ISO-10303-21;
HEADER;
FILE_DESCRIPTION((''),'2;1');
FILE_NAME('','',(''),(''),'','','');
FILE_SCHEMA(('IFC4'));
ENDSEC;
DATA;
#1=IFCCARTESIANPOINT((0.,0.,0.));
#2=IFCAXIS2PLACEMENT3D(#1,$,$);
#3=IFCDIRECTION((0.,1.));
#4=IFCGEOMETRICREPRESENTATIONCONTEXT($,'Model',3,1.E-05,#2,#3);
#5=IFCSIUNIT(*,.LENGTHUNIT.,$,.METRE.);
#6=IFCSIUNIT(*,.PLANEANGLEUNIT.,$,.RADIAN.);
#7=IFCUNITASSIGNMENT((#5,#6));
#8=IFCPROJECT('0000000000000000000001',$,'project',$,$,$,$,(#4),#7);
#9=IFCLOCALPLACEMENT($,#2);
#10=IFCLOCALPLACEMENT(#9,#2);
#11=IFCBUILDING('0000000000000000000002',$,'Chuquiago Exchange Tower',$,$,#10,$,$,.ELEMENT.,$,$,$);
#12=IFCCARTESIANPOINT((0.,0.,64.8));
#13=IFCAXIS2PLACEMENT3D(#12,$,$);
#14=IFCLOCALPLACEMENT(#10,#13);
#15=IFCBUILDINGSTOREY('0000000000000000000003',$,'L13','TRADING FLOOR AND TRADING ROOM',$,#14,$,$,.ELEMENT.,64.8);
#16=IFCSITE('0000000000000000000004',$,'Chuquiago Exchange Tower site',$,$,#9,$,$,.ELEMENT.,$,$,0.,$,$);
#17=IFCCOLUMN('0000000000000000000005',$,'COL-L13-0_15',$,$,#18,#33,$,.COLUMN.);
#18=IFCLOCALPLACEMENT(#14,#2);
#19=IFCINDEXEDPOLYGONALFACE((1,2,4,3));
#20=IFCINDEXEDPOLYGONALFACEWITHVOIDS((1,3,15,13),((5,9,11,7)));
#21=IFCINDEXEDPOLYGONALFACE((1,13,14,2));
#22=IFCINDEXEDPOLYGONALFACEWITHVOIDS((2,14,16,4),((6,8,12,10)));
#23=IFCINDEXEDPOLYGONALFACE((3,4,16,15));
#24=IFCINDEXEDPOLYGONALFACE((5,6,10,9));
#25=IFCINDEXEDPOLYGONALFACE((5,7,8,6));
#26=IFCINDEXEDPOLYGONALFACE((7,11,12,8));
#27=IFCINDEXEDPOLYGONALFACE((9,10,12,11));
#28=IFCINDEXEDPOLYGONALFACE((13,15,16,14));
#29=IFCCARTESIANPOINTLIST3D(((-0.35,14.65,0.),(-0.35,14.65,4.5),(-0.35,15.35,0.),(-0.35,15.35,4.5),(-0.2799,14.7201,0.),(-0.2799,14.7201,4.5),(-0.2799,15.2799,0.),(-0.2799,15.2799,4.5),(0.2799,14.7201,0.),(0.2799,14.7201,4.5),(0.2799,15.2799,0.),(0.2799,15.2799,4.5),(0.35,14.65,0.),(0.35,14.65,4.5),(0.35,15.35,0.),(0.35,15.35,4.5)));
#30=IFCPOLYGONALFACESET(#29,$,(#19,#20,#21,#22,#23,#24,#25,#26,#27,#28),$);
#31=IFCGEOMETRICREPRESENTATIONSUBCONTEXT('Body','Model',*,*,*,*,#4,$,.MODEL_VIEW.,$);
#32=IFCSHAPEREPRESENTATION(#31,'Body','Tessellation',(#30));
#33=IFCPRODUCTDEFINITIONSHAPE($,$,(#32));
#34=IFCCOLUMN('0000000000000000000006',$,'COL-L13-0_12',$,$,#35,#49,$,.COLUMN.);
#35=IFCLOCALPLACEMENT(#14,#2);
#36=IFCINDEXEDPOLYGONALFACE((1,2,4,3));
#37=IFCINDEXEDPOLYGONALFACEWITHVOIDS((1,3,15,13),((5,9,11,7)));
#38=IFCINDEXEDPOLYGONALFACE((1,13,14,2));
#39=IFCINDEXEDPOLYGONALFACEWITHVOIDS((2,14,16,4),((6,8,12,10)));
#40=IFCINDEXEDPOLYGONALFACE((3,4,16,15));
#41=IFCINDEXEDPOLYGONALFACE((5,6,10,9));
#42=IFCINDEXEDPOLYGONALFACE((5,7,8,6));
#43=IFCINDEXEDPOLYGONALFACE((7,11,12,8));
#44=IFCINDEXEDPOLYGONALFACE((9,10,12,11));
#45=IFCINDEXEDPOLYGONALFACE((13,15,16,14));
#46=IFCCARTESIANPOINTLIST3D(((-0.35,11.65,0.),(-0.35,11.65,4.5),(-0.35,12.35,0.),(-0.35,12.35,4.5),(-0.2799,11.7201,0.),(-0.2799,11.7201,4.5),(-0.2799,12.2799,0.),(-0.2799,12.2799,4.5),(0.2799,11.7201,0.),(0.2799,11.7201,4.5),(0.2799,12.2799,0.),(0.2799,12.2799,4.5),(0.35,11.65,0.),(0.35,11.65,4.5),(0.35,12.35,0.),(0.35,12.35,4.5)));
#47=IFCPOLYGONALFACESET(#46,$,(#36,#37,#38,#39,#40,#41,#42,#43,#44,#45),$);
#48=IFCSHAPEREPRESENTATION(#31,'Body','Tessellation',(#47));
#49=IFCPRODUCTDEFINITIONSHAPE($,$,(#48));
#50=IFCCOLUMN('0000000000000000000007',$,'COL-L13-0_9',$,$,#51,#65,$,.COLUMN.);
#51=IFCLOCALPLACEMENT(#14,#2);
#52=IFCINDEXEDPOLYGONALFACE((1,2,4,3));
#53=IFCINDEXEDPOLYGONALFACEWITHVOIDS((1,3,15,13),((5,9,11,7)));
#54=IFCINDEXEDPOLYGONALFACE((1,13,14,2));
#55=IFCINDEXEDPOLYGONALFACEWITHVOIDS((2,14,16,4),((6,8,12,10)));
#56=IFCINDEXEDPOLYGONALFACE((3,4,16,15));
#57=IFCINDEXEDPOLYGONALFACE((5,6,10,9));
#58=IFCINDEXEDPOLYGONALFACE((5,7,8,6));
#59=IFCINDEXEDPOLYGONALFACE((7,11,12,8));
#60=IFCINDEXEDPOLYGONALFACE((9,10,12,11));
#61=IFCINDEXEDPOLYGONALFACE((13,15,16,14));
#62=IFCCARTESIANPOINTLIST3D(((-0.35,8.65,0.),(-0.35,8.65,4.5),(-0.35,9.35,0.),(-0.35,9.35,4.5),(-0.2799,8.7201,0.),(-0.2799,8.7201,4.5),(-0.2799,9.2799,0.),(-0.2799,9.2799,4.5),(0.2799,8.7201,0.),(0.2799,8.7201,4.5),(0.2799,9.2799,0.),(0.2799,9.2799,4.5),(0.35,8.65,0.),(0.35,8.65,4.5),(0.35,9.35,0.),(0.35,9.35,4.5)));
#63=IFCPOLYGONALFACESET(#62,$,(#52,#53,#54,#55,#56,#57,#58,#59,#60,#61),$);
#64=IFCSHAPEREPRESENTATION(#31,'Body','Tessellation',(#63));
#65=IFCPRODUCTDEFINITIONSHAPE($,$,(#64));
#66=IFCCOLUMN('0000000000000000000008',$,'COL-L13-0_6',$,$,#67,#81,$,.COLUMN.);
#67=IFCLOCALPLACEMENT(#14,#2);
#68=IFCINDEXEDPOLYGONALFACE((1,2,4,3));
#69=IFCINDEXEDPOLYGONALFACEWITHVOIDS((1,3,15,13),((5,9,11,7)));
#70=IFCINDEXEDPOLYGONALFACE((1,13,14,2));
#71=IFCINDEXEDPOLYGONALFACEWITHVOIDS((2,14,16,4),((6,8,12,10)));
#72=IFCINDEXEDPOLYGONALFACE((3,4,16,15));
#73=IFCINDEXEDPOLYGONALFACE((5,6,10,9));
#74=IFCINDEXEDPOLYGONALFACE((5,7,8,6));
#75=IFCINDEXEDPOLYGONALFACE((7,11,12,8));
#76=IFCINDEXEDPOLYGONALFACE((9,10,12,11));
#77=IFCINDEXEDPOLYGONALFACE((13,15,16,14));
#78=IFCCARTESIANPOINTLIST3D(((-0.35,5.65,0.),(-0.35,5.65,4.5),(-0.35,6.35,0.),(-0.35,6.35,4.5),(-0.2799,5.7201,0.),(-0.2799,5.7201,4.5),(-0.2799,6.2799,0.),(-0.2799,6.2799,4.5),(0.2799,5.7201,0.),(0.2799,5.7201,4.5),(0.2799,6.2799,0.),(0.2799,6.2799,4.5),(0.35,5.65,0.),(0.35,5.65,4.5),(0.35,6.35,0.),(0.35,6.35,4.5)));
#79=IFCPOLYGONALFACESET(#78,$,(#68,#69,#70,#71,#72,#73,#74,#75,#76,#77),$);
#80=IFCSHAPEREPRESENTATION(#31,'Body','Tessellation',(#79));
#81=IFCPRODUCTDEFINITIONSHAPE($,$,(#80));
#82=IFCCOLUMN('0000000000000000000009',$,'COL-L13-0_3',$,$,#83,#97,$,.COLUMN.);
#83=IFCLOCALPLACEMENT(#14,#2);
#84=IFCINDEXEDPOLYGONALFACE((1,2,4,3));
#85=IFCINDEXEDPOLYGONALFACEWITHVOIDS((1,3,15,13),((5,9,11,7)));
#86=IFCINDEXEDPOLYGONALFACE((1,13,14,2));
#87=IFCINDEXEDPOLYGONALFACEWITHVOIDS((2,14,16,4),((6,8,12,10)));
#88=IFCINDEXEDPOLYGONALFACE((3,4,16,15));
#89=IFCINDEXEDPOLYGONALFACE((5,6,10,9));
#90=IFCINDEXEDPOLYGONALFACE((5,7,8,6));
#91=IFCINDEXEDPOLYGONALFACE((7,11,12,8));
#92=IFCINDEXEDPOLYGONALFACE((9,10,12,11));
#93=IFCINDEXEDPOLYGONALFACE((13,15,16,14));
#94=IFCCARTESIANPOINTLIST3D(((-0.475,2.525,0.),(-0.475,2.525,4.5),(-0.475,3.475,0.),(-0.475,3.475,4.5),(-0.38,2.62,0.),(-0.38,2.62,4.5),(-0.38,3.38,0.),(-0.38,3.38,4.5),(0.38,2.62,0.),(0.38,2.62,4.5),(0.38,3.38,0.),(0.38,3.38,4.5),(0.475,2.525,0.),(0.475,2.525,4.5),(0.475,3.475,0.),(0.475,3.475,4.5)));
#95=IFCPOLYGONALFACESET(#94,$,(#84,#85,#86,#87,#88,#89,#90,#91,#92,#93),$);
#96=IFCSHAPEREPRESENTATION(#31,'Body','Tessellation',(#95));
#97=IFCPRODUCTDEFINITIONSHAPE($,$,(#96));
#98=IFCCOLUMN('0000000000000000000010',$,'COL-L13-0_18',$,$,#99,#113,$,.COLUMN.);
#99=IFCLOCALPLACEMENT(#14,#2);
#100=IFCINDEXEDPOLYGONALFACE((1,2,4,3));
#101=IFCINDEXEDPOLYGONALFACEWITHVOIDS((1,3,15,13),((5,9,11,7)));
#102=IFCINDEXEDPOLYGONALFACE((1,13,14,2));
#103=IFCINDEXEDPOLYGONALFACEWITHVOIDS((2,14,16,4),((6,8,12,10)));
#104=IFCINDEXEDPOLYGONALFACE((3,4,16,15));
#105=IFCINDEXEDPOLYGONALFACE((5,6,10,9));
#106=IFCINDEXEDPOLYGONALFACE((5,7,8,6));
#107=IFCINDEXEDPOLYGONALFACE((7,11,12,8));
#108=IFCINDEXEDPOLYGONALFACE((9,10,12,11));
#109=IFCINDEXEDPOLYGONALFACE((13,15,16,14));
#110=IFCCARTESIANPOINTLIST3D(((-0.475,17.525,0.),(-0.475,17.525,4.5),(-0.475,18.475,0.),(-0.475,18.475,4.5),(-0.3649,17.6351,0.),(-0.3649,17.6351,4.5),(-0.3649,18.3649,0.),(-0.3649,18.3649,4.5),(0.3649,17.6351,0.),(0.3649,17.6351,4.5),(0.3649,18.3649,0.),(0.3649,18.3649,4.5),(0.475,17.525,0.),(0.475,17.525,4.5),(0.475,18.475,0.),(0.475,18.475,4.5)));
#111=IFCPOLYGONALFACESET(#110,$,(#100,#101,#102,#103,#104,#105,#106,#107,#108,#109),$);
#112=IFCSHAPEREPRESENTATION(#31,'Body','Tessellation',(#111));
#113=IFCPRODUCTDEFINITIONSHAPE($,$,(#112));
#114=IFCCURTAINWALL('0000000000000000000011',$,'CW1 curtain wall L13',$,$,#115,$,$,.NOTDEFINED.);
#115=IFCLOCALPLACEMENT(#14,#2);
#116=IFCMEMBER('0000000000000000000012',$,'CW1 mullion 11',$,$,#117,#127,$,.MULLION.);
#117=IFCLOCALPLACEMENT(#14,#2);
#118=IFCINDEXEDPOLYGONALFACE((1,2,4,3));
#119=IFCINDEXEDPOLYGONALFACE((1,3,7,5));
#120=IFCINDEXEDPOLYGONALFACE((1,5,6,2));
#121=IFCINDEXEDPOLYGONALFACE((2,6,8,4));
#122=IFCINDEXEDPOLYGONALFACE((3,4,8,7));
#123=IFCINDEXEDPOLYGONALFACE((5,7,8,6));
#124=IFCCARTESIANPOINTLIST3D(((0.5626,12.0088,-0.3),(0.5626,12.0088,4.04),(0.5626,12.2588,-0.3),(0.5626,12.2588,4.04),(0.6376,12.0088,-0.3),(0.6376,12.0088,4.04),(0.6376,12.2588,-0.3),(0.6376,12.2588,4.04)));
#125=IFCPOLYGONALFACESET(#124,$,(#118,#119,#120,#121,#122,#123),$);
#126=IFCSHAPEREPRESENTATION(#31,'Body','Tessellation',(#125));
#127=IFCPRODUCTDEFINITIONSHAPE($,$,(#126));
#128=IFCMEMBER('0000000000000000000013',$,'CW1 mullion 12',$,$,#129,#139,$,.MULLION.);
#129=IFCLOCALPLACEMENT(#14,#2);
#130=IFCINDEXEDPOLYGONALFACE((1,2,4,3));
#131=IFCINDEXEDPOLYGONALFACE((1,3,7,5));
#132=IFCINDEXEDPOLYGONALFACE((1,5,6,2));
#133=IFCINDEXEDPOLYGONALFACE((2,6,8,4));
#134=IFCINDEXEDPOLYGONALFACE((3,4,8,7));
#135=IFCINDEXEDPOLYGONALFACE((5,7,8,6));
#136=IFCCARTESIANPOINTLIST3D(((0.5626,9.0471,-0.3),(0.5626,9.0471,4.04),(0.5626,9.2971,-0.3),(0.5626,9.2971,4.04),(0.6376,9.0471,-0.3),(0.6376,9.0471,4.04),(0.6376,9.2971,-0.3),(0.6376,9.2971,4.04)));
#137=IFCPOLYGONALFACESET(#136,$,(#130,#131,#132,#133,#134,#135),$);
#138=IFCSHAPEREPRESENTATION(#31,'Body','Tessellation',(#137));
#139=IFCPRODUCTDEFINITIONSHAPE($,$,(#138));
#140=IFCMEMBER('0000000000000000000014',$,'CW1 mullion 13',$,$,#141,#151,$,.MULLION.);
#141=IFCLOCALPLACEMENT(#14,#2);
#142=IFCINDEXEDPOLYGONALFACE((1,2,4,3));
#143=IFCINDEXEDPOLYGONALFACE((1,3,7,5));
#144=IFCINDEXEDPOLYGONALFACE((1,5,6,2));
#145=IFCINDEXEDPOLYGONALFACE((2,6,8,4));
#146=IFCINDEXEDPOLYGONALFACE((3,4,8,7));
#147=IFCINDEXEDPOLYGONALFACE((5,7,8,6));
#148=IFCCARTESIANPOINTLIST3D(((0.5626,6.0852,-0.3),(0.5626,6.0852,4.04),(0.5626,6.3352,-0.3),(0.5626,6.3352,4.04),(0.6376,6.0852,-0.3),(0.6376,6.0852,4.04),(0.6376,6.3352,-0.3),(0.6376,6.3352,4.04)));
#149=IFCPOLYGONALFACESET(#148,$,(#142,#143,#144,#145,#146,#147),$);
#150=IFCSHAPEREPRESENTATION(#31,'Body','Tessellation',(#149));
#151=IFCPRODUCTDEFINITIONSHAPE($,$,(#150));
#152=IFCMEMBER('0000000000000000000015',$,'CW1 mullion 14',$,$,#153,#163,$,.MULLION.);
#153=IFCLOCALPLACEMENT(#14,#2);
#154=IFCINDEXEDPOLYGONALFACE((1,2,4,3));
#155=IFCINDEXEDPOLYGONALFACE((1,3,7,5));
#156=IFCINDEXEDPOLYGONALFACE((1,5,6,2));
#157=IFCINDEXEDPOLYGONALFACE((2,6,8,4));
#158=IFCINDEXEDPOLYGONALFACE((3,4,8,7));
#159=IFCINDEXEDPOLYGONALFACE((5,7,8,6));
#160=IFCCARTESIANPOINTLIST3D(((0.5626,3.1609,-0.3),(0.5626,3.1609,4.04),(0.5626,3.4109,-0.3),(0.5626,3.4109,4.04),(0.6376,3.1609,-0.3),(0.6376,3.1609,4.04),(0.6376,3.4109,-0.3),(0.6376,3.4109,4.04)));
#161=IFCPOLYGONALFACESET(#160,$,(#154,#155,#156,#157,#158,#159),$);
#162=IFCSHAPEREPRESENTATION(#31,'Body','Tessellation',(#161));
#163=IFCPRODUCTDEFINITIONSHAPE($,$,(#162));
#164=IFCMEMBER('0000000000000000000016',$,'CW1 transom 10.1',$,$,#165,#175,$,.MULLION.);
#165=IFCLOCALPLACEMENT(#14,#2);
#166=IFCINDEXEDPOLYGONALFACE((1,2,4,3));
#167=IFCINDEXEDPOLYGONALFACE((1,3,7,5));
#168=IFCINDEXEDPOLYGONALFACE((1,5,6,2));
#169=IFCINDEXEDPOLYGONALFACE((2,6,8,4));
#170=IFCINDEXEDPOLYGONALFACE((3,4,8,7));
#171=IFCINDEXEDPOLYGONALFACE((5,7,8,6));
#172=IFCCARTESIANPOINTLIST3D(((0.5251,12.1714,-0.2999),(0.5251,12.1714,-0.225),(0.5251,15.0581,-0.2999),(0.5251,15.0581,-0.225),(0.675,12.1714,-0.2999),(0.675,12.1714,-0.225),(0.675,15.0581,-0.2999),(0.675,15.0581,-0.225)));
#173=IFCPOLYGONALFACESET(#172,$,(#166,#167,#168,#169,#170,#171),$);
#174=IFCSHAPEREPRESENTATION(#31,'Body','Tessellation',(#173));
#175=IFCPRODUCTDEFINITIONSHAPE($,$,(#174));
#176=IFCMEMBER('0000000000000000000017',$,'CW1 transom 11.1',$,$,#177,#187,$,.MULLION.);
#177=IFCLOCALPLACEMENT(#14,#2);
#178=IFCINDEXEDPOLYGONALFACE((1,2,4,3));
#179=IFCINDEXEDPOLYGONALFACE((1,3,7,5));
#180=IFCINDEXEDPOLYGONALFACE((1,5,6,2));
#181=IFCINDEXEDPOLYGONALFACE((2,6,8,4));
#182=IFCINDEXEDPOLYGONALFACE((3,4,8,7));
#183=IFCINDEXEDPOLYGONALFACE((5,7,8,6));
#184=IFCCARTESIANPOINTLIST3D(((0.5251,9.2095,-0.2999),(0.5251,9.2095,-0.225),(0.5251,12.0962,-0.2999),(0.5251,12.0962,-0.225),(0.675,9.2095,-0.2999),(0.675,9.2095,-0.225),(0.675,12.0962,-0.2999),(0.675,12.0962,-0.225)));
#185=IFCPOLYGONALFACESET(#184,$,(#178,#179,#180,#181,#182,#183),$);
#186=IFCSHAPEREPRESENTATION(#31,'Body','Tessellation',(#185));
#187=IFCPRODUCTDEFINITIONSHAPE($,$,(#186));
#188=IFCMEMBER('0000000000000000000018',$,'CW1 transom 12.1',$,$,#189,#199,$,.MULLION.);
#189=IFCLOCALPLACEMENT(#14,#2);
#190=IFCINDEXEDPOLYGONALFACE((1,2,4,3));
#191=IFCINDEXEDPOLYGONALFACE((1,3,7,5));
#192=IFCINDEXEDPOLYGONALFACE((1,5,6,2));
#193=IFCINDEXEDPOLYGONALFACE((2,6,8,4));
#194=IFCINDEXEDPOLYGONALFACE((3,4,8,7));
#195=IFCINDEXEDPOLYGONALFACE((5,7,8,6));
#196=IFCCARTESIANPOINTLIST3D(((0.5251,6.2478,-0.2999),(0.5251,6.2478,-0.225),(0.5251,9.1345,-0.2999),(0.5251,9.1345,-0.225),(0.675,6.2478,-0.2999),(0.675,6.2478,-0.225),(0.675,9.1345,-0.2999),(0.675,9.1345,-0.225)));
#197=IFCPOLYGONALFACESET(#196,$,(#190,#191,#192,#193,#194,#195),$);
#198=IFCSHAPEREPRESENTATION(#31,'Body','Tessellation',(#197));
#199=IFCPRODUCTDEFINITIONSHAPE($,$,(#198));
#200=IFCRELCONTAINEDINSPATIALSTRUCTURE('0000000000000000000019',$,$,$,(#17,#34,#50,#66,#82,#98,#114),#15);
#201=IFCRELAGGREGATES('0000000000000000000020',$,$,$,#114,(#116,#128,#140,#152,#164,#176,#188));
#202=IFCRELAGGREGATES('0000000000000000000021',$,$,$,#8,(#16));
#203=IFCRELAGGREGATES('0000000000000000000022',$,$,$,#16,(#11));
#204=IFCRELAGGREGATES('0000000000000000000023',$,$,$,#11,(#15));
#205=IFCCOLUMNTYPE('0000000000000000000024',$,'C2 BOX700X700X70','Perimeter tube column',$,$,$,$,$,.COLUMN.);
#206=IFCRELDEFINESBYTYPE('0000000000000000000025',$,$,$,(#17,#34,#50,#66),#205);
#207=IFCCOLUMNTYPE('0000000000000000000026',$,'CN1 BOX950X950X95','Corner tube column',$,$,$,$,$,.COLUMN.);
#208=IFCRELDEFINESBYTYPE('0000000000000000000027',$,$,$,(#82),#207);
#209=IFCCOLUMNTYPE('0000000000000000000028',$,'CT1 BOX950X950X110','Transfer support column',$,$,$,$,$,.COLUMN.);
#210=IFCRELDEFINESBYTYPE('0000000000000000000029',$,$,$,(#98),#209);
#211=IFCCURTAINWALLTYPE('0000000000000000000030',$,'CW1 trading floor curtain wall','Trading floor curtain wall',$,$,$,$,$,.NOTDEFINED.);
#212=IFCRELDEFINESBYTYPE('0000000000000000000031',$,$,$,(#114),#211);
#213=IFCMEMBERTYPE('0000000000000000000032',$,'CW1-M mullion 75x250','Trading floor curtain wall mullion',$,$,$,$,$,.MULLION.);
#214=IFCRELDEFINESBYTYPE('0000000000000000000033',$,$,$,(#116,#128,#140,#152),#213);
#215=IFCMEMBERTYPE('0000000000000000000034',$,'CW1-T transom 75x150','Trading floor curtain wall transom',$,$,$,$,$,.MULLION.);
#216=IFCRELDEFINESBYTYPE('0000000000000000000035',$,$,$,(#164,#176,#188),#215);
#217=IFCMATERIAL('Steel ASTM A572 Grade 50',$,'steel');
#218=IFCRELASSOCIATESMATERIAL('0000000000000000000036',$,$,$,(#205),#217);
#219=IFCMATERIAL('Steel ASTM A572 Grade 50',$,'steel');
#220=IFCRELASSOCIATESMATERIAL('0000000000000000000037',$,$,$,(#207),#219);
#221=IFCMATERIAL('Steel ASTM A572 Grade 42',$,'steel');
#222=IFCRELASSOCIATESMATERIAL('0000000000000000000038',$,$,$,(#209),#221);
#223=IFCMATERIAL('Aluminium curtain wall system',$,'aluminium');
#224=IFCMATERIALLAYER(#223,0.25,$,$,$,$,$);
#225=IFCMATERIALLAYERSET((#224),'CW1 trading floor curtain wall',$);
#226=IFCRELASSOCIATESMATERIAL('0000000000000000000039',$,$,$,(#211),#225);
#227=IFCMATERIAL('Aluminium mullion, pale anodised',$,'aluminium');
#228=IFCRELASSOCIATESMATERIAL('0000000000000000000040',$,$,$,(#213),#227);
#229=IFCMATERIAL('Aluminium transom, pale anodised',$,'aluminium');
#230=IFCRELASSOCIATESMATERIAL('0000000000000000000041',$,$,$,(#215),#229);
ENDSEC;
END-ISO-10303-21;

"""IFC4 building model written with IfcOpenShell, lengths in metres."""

from ifc_helpers import new_model, si_unit, direction, frame, origin, origin_2d, place, context, subcontext, project, spatial, rectangle, hollow_rectangle, extrude, material, layer, layer_set, material_profile, profile_set, type_object, element, aggregate, save


model = new_model("IFC4")

# Units and contexts
model_context = context("Model", 3, precision=1e-05, world=origin(), true_north=direction((0.0, 1.0)))
body_context = subcontext(model_context, "Body", "Model", "MODEL_VIEW")
ifc_project = project(units=[si_unit("LENGTHUNIT", "METRE"), si_unit("PLANEANGLEUNIT", "RADIAN")], contexts=[model_context])

# Site, building, storey
site_placement = place(None, origin())
site = spatial("IfcSite", under=ifc_project, at=site_placement, Name="Chuquiago Exchange Tower site", CompositionType="ELEMENT", RefElevation=0.0)
building_placement = place(site_placement, origin())
building = spatial("IfcBuilding", under=site, at=building_placement, Name="Chuquiago Exchange Tower", CompositionType="ELEMENT")
storey_placement = place(building_placement, frame((0.0, 0.0, 64.8)))
storey = spatial("IfcBuildingStorey", under=building, at=storey_placement, Name="L13", Description="TRADING FLOOR AND TRADING ROOM", CompositionType="ELEMENT", Elevation=64.8)

# Columns
ifc_material_1 = material(Name="Steel ASTM A572 Grade 50", Category="steel")
ifc_material_profile_1 = material_profile(ifc_material_1, hollow_rectangle(XDim=0.7, YDim=0.7, WallThickness=0.0701, at=origin_2d()), Name="BOX700X700X70")
ifc_profile_set_1 = profile_set([ifc_material_profile_1], Name="Steel ASTM A572 Grade 50")
column_type_1 = type_object("IfcColumnType", Name="C2 BOX700X700X70", Description="Perimeter tube column", PredefinedType="COLUMN", material=ifc_profile_set_1)
for number, where, z_axis, x_axis, name in (
    (1, (0.0, 15.0, 0.0), (0.0, 0.0, 1.0), (-1.0, 0.0, 0.0), "COL-L13-0_15"),
    (2, (0.0, 12.0, 0.0), (0.0, 0.0, 1.0), (-1.0, 0.0, 0.0), "COL-L13-0_12"),
    (3, (0.0, 9.0, 0.0), (0.0, 0.0, 1.0), (-1.0, 0.0, 0.0), "COL-L13-0_9"),
    (4, (0.0, 6.0, 0.0), (0.0, 0.0, 1.0), (-1.0, 0.0, 0.0), "COL-L13-0_6"),
):
    element("IfcColumn", number, at=place(storey_placement, frame(where, z_axis=z_axis, x_axis=x_axis)), inside=storey, type_object=column_type_1, Name=name, PredefinedType="COLUMN", context=body_context, shape_type="SweptSolid", body=[
        extrude(hollow_rectangle(XDim=0.7, YDim=0.7, WallThickness=0.0701, at=origin_2d()), origin(), (0.0, 0.0, 1.0), 4.5),
    ])
ifc_material_2 = material(Name="Steel ASTM A572 Grade 50", Category="steel")
ifc_material_profile_2 = material_profile(ifc_material_2, hollow_rectangle(XDim=0.95, YDim=0.95, WallThickness=0.095, at=origin_2d()), Name="BOX950X950X95")
ifc_profile_set_2 = profile_set([ifc_material_profile_2], Name="Steel ASTM A572 Grade 50")
column_type_2 = type_object("IfcColumnType", Name="CN1 BOX950X950X95", Description="Corner tube column", PredefinedType="COLUMN", material=ifc_profile_set_2)
column_1_placement = place(storey_placement, frame((0.0, 3.0, 0.0), z_axis=(0.0, 0.0, 1.0), x_axis=(-1.0, 0.0, 0.0)))
element("IfcColumn", 5, at=column_1_placement, inside=storey, type_object=column_type_2, Name="COL-L13-0_3", PredefinedType="COLUMN", context=body_context, shape_type="SweptSolid", body=[
    extrude(hollow_rectangle(XDim=0.95, YDim=0.95, WallThickness=0.095, at=origin_2d()), origin(), (0.0, 0.0, 1.0), 4.5),
])
ifc_material_3 = material(Name="Steel ASTM A572 Grade 42", Category="steel")
ifc_material_profile_3 = material_profile(ifc_material_3, hollow_rectangle(XDim=0.95, YDim=0.95, WallThickness=0.1101, at=origin_2d()), Name="BOX950X950X110")
ifc_profile_set_3 = profile_set([ifc_material_profile_3], Name="Steel ASTM A572 Grade 42")
column_type_3 = type_object("IfcColumnType", Name="CT1 BOX950X950X110", Description="Transfer support column", PredefinedType="COLUMN", material=ifc_profile_set_3)
column_2_placement = place(storey_placement, frame((0.0, 18.0, 0.0), z_axis=(0.0, 0.0, 1.0), x_axis=(-1.0, 0.0, 0.0)))
element("IfcColumn", 6, at=column_2_placement, inside=storey, type_object=column_type_3, Name="COL-L13-0_18", PredefinedType="COLUMN", context=body_context, shape_type="SweptSolid", body=[
    extrude(hollow_rectangle(XDim=0.95, YDim=0.95, WallThickness=0.1101, at=origin_2d()), origin(), (0.0, 0.0, 1.0), 4.5),
])

# Curtain wall, members
ifc_material_4 = material(Name="Aluminium curtain wall system", Category="aluminium")
ifc_layer_1 = layer(ifc_material_4, 0.25)
ifc_layer_set_1 = layer_set([ifc_layer_1], Name="CW1 trading floor curtain wall")
curtain_wall_type = type_object("IfcCurtainWallType", Name="CW1 trading floor curtain wall", Description="Trading floor curtain wall", PredefinedType="NOTDEFINED", material=ifc_layer_set_1)
curtain_wall_placement = place(storey_placement, origin())
curtain_wall = element("IfcCurtainWall", 7, at=curtain_wall_placement, inside=storey, type_object=curtain_wall_type, Name="CW1 curtain wall L13", PredefinedType="NOTDEFINED")
ifc_material_5 = material(Name="Aluminium mullion, pale anodised", Category="aluminium")
ifc_material_profile_4 = material_profile(ifc_material_5, rectangle(XDim=0.075, YDim=0.25, at=origin_2d()), Name="AL 75x250")
ifc_profile_set_4 = profile_set([ifc_material_profile_4], Name="Aluminium mullion, pale anodised")
member_type_1 = type_object("IfcMemberType", Name="CW1-M mullion 75x250", Description="Trading floor curtain wall mullion", PredefinedType="MULLION", material=ifc_profile_set_4)
member_1_placement = place(storey_placement, frame((0.6001, 12.1338, -0.3), z_axis=(0.0, 0.0, 1.0), x_axis=(1.0, 0.0, 0.0)))
member_1 = element("IfcMember", 8, at=member_1_placement, type_object=member_type_1, Name="CW1 mullion 11", PredefinedType="MULLION", context=body_context, shape_type="SweptSolid", body=[
    extrude(rectangle(XDim=0.075, YDim=0.25, at=origin_2d()), origin(), (0.0, 0.0, 1.0), 4.3401),
])
member_2_placement = place(storey_placement, frame((0.6001, 9.1721, -0.3), z_axis=(0.0, 0.0, 1.0), x_axis=(1.0, 0.0, 0.0)))
member_2 = element("IfcMember", 9, at=member_2_placement, type_object=member_type_1, Name="CW1 mullion 12", PredefinedType="MULLION", context=body_context, shape_type="SweptSolid", body=[
    extrude(rectangle(XDim=0.075, YDim=0.25, at=origin_2d()), origin(), (0.0, 0.0, 1.0), 4.3401),
])
member_3_placement = place(storey_placement, frame((0.6001, 6.2102, -0.3), z_axis=(0.0, 0.0, 1.0), x_axis=(1.0, 0.0, 0.0)))
member_3 = element("IfcMember", 10, at=member_3_placement, type_object=member_type_1, Name="CW1 mullion 13", PredefinedType="MULLION", context=body_context, shape_type="SweptSolid", body=[
    extrude(rectangle(XDim=0.075, YDim=0.25, at=origin_2d()), origin(), (0.0, 0.0, 1.0), 4.3401),
])
member_4_placement = place(storey_placement, frame((0.6001, 3.2859, -0.3), z_axis=(0.0, 0.0, 1.0), x_axis=(1.0, 0.0, 0.0)))
member_4 = element("IfcMember", 11, at=member_4_placement, type_object=member_type_1, Name="CW1 mullion 14", PredefinedType="MULLION", context=body_context, shape_type="SweptSolid", body=[
    extrude(rectangle(XDim=0.075, YDim=0.25, at=origin_2d()), origin(), (0.0, 0.0, 1.0), 4.3401),
])
ifc_material_6 = material(Name="Aluminium transom, pale anodised", Category="aluminium")
ifc_material_profile_5 = material_profile(ifc_material_6, rectangle(XDim=0.1499, YDim=0.075, at=origin_2d()), Name="AL 150x75")
ifc_profile_set_5 = profile_set([ifc_material_profile_5], Name="Aluminium transom, pale anodised")
member_type_2 = type_object("IfcMemberType", Name="CW1-T transom 75x150", Description="Trading floor curtain wall transom", PredefinedType="MULLION", material=ifc_profile_set_5)
member_5_placement = place(storey_placement, frame((0.6001, 15.0581, -0.2625), z_axis=(0.0, -1.0, 0.0), x_axis=(1.0, 0.0, 0.0)))
member_5 = element("IfcMember", 12, at=member_5_placement, type_object=member_type_2, Name="CW1 transom 10.1", PredefinedType="MULLION", context=body_context, shape_type="SweptSolid", body=[
    extrude(rectangle(XDim=0.1499, YDim=0.075, at=origin_2d()), origin(), (0.0, 0.0, 1.0), 2.8867),
])
member_6_placement = place(storey_placement, frame((0.6001, 12.0962, -0.2625), z_axis=(0.0, -1.0, 0.0), x_axis=(1.0, 0.0, 0.0)))
member_6 = element("IfcMember", 13, at=member_6_placement, type_object=member_type_2, Name="CW1 transom 11.1", PredefinedType="MULLION", context=body_context, shape_type="SweptSolid", body=[
    extrude(rectangle(XDim=0.1499, YDim=0.075, at=origin_2d()), origin(), (0.0, 0.0, 1.0), 2.8867),
])
member_7_placement = place(storey_placement, frame((0.6001, 9.1345, -0.2625), z_axis=(0.0, -1.0, 0.0), x_axis=(1.0, 0.0, 0.0)))
member_7 = element("IfcMember", 14, at=member_7_placement, type_object=member_type_2, Name="CW1 transom 12.1", PredefinedType="MULLION", context=body_context, shape_type="SweptSolid", body=[
    extrude(rectangle(XDim=0.1499, YDim=0.075, at=origin_2d()), origin(), (0.0, 0.0, 1.0), 2.8867),
])

aggregate(curtain_wall, [member_1, member_2, member_3, member_4, member_5, member_6, member_7])

save(model, "model.ifc")
